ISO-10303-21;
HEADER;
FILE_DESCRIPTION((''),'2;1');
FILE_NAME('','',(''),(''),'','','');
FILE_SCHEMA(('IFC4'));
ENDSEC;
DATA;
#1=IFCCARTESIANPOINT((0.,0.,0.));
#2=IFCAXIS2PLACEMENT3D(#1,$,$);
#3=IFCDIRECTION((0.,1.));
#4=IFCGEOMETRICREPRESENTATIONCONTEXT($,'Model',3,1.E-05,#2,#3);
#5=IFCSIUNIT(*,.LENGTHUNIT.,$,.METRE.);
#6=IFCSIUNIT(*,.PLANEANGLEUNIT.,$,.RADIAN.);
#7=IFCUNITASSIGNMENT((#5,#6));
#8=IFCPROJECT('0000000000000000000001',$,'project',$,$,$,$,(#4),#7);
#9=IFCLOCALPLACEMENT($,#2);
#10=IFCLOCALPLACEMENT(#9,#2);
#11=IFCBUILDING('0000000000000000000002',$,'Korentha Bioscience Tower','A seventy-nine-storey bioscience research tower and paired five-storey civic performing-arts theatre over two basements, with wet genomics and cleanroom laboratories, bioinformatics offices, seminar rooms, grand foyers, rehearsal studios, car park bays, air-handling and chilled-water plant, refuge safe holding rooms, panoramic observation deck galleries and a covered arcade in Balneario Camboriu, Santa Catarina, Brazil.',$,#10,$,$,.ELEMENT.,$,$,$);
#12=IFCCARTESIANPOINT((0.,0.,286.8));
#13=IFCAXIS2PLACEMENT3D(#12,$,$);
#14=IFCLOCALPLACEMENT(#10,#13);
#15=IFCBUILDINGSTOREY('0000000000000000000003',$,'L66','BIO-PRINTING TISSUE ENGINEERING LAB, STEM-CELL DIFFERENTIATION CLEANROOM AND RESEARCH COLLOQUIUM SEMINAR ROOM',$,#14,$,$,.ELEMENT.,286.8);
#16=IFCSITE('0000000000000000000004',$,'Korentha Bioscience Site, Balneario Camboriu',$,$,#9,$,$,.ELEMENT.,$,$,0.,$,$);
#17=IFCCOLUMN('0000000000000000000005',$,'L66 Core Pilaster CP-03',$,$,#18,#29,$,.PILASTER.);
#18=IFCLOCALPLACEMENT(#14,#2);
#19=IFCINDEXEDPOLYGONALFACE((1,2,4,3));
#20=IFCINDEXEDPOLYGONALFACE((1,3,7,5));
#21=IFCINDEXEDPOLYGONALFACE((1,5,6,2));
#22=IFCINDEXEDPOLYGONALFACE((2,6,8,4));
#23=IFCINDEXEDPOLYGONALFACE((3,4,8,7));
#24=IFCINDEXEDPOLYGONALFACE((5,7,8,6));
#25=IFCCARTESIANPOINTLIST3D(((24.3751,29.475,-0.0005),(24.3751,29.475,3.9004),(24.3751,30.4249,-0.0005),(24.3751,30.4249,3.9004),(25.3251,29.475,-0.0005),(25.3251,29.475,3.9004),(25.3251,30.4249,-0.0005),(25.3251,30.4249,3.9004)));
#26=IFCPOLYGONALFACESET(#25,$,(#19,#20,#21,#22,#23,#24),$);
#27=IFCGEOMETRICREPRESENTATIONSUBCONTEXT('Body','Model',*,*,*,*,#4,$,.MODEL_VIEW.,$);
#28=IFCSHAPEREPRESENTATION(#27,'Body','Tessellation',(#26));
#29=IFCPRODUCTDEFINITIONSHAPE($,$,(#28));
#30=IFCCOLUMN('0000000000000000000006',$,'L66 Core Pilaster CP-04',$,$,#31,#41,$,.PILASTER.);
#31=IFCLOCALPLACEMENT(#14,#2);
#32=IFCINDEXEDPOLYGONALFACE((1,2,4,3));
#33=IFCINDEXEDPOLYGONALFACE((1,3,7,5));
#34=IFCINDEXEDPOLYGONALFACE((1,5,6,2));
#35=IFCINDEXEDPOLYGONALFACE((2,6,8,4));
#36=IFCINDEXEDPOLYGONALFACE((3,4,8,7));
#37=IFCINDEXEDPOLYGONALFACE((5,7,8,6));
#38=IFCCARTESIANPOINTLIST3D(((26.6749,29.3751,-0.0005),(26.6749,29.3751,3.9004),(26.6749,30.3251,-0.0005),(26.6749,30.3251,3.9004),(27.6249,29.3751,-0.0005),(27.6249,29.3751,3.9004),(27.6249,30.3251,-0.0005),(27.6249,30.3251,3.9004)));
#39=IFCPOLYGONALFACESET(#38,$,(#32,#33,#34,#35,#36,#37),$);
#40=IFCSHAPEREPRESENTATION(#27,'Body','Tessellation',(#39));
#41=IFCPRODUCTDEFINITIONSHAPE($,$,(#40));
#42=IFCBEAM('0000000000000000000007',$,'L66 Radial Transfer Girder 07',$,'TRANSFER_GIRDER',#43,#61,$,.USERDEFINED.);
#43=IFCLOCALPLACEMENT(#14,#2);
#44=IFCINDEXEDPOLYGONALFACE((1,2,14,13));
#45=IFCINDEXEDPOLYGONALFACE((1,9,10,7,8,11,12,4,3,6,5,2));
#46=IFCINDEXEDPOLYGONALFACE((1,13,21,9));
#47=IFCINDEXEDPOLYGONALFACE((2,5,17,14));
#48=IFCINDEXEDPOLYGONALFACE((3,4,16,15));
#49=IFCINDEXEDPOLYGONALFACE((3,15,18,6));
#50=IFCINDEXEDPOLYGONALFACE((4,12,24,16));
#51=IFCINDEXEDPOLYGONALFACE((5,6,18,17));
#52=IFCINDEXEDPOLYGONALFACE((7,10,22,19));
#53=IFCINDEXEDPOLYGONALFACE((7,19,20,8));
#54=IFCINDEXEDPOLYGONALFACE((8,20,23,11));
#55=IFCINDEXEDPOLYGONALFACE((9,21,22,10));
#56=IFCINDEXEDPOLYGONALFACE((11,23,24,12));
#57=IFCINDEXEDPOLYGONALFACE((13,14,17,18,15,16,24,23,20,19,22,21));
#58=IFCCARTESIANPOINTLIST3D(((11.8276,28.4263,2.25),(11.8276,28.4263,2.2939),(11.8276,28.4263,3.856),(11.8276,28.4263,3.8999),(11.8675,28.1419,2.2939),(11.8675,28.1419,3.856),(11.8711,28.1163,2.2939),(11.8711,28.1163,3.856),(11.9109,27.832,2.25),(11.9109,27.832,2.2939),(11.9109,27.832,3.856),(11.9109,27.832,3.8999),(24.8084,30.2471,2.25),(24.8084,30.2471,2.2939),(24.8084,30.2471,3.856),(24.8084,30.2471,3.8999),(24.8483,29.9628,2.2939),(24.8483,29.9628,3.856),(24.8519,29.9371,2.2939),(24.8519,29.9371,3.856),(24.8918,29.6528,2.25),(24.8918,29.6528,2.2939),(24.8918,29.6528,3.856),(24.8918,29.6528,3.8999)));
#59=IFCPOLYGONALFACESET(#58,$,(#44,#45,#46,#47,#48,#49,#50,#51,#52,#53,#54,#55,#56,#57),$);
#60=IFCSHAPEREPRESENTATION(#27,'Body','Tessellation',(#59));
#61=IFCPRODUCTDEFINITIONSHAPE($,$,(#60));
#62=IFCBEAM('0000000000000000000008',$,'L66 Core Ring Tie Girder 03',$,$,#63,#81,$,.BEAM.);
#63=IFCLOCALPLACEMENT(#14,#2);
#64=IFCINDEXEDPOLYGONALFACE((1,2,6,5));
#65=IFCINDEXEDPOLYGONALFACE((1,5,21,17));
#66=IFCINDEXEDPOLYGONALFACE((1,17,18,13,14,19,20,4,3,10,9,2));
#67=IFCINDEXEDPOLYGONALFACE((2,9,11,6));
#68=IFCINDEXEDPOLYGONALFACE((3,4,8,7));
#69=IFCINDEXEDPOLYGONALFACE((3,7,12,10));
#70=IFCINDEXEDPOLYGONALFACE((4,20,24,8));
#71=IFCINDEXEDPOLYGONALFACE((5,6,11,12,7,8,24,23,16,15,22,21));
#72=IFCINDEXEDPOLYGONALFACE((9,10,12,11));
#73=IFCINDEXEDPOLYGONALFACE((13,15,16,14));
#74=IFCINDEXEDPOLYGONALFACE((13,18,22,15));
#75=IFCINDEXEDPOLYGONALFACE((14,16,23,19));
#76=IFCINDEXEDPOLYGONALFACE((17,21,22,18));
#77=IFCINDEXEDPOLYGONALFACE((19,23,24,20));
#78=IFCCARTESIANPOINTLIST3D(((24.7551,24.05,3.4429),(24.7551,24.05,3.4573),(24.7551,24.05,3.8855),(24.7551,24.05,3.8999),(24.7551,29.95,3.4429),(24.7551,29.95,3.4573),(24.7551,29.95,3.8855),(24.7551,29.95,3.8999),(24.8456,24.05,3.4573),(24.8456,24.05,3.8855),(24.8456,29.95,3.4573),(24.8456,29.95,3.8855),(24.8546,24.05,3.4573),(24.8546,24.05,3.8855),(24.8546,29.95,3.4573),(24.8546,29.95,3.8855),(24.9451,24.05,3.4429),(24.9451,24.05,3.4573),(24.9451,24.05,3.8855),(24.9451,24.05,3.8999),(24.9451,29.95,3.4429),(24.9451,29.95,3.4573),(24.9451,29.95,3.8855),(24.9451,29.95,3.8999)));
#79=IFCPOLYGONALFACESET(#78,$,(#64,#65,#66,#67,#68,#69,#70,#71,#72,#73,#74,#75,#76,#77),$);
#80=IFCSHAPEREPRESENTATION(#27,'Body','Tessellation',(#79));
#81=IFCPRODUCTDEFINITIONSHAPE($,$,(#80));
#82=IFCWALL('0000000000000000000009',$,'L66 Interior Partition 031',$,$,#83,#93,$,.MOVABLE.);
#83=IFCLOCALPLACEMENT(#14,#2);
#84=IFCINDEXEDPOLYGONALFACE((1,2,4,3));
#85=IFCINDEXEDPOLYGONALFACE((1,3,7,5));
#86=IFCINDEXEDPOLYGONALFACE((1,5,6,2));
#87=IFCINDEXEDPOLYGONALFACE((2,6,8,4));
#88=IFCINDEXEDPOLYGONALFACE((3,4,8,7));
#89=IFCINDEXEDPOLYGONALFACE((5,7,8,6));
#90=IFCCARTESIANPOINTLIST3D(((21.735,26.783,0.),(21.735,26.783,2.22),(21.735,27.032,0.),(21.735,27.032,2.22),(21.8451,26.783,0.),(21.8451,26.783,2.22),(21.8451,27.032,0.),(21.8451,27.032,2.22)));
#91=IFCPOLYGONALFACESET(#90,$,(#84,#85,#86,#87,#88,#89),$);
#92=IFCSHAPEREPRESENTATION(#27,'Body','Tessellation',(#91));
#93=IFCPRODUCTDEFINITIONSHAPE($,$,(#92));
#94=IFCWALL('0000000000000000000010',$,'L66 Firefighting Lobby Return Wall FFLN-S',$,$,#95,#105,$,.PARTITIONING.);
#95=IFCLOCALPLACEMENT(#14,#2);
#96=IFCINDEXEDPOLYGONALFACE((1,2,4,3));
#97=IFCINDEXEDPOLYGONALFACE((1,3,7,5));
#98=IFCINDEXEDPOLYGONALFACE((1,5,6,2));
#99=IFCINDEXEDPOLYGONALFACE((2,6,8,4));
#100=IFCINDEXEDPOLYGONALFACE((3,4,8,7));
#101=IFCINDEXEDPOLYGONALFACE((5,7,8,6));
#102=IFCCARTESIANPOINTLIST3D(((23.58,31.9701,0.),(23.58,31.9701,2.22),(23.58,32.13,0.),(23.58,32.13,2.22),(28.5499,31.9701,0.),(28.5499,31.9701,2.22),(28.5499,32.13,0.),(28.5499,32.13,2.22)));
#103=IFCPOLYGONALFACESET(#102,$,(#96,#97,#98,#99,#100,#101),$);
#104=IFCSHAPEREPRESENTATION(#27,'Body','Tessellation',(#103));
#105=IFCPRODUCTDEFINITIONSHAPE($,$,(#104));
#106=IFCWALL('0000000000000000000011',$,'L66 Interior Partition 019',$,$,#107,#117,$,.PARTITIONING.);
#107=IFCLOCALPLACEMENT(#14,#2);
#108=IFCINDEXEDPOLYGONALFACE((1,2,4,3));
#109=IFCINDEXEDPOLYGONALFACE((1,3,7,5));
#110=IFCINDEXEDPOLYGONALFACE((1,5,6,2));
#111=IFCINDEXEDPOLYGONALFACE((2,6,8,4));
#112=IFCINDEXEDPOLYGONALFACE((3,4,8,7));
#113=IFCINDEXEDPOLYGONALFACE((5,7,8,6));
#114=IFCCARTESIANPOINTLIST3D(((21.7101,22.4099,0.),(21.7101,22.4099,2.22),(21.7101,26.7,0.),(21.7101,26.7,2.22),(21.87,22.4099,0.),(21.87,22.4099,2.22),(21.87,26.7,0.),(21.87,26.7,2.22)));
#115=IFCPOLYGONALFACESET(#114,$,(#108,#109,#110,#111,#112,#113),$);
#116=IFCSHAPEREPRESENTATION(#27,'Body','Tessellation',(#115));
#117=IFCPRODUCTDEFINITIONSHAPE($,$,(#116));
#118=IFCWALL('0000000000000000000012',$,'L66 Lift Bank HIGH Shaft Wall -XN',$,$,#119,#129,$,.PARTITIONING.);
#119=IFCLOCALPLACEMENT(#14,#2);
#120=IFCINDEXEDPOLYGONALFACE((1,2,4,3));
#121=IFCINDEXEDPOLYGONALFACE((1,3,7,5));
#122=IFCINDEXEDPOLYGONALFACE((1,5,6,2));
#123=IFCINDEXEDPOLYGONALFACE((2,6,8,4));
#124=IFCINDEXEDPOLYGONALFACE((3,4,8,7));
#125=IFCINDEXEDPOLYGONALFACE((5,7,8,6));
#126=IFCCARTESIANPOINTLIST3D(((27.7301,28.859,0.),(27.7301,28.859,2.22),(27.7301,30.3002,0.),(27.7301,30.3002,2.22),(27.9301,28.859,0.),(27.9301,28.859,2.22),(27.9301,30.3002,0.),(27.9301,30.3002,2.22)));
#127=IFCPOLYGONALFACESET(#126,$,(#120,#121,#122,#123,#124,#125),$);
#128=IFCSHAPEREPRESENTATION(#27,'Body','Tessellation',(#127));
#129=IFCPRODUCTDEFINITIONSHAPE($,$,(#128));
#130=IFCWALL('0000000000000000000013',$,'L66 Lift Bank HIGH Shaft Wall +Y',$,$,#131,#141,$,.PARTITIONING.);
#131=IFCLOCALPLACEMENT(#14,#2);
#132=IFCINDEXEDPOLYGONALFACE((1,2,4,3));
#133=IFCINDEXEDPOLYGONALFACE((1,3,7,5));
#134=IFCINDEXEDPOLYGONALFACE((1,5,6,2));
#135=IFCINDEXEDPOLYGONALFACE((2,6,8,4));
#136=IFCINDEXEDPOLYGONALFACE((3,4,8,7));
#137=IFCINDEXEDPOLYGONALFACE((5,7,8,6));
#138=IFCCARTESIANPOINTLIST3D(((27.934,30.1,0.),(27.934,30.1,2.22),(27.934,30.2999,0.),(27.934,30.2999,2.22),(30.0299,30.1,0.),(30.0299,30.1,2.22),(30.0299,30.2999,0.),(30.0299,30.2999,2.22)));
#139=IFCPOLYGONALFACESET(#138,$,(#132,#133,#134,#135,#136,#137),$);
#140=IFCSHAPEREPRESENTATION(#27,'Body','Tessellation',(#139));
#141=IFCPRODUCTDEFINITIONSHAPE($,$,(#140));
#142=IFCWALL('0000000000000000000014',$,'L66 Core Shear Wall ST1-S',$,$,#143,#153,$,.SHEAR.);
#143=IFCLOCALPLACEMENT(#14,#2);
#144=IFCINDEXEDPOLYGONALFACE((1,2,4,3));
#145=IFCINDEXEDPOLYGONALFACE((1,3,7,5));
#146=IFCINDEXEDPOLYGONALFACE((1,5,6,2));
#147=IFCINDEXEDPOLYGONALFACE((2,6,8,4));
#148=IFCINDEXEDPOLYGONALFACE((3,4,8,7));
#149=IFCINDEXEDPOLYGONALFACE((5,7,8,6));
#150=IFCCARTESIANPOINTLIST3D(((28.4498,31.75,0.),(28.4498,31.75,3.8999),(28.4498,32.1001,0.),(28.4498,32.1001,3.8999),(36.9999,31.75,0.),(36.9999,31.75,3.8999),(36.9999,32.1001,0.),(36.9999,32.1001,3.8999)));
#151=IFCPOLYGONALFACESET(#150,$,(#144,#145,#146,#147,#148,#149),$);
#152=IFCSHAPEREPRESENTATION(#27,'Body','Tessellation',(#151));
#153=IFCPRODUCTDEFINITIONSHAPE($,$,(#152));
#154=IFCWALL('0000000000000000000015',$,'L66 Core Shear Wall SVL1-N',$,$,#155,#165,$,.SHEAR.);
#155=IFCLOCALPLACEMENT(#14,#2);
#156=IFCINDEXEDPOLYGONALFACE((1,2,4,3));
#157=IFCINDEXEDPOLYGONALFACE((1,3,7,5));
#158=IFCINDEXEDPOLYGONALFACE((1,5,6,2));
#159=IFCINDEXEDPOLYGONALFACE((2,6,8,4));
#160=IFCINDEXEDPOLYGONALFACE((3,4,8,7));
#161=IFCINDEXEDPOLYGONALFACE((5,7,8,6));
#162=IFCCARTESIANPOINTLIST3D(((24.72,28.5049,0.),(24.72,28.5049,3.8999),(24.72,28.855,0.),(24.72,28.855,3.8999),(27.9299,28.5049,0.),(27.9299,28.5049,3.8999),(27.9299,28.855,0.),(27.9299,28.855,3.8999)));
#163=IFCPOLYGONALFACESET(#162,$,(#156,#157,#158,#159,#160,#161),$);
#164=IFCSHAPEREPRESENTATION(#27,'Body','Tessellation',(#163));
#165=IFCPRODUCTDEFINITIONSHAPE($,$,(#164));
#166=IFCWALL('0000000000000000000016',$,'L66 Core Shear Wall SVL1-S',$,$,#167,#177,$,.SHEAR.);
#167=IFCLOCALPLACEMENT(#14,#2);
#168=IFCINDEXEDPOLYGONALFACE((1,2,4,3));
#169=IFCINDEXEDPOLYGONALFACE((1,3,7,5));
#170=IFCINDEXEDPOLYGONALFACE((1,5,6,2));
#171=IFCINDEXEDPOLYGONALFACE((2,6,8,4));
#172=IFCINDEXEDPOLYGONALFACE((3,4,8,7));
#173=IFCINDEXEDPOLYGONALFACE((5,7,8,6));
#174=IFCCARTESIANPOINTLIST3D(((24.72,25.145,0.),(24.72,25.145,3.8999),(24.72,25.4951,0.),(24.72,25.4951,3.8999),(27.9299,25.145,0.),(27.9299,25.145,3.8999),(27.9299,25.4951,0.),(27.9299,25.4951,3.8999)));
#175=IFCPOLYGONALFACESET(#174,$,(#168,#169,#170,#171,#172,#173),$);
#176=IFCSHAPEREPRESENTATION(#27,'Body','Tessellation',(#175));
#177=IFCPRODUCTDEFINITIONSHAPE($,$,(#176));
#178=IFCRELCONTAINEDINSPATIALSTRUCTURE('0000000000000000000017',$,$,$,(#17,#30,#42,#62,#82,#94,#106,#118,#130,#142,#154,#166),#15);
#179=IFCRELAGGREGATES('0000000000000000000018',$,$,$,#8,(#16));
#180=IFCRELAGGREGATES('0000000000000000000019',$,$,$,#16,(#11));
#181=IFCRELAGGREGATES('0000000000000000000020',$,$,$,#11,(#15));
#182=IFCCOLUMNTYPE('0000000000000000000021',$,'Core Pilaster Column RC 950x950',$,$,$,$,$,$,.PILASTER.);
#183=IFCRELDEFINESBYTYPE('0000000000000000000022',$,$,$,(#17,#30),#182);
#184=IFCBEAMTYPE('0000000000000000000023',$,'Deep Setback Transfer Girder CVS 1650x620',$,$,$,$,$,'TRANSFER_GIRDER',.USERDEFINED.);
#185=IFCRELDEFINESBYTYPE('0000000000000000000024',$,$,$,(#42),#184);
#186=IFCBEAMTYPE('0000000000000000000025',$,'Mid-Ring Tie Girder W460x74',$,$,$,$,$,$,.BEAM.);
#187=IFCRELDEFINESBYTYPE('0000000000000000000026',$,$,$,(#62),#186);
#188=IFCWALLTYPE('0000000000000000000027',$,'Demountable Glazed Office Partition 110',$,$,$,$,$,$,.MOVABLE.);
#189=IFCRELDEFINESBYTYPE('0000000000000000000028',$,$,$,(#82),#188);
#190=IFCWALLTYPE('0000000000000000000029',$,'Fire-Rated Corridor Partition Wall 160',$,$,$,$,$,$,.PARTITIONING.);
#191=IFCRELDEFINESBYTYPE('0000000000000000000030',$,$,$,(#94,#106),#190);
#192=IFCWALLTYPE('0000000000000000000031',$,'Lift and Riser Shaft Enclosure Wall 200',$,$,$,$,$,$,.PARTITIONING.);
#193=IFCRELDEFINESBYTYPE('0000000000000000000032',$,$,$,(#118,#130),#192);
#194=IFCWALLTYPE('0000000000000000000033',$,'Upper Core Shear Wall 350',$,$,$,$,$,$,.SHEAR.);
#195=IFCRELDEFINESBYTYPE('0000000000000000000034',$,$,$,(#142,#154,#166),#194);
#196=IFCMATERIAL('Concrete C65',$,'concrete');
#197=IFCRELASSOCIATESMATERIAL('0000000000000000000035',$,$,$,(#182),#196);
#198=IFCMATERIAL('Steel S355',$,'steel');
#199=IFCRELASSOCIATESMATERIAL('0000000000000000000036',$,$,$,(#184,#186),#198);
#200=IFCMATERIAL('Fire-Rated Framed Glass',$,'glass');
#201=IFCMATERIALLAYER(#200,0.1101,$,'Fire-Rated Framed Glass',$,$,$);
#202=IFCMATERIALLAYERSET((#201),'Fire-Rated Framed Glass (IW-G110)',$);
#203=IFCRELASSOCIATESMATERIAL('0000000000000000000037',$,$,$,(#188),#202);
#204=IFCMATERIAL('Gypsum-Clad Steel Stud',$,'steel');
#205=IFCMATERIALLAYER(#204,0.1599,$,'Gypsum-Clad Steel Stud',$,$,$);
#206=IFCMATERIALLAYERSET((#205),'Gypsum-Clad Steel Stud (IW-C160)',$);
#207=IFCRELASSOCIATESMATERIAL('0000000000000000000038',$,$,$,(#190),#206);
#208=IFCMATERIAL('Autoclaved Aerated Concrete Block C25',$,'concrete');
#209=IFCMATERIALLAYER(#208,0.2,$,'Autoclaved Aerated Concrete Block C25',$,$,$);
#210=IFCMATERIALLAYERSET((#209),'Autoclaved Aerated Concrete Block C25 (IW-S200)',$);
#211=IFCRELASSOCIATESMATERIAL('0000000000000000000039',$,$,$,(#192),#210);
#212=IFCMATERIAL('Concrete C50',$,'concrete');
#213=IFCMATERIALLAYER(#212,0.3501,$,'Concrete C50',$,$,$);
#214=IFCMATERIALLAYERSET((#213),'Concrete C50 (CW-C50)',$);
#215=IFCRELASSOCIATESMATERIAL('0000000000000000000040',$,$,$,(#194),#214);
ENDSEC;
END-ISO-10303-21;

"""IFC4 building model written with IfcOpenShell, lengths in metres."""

from ifc_helpers import new_model, si_unit, direction, frame, frame_2d, origin, origin_2d, place, context, subcontext, project, spatial, rectangle, i_section, extrude, material, layer, layer_set, material_profile, profile_set, type_object, element, save


model = new_model("IFC4")

# Units and contexts
model_context = context("Model", 3, precision=1e-05, world=origin(), true_north=direction((0.0, 1.0)))
body_context = subcontext(model_context, "Body", "Model", "MODEL_VIEW")
ifc_project = project(units=[si_unit("LENGTHUNIT", "METRE"), si_unit("PLANEANGLEUNIT", "RADIAN")], contexts=[model_context])

# Site, building, storey
site_placement = place(None, origin())
site = spatial("IfcSite", under=ifc_project, at=site_placement, Name="Korentha Bioscience Site, Balneario Camboriu", CompositionType="ELEMENT", RefElevation=0.0)
building_placement = place(site_placement, origin())
building = spatial("IfcBuilding", under=site, at=building_placement, Name="Korentha Bioscience Tower", Description="A seventy-nine-storey bioscience research tower and paired five-storey civic performing-arts theatre over two basements, with wet genomics and cleanroom laboratories, bioinformatics offices, seminar rooms, grand foyers, rehearsal studios, car park bays, air-handling and chilled-water plant, refuge safe holding rooms, panoramic observation deck galleries and a covered arcade in Balneario Camboriu, Santa Catarina, Brazil.", CompositionType="ELEMENT")
storey_placement = place(building_placement, frame((0.0, 0.0, 286.8)))
storey = spatial("IfcBuildingStorey", under=building, at=storey_placement, Name="L66", Description="BIO-PRINTING TISSUE ENGINEERING LAB, STEM-CELL DIFFERENTIATION CLEANROOM AND RESEARCH COLLOQUIUM SEMINAR ROOM", CompositionType="ELEMENT", Elevation=286.8)

# Columns
ifc_material_1 = material(Name="Concrete C65", Category="concrete")
ifc_material_profile_1 = material_profile(ifc_material_1, rectangle(XDim=0.95, YDim=0.95, at=origin_2d()), Name="Concrete C65")
ifc_profile_set_1 = profile_set([ifc_material_profile_1], Name="Concrete C65 (COL-CP09)")
column_type = type_object("IfcColumnType", Name="Core Pilaster Column RC 950x950", PredefinedType="PILASTER", material=ifc_profile_set_1)
for number, where, z_axis, x_axis, name in (
    (1, (24.8501, 29.95, -0.0005), (0.0, 0.0, 1.0), (1.0, 0.0, 0.0), "L66 Core Pilaster CP-03"),
    (2, (27.1499, 29.8501, -0.0005), (0.0, 0.0, 1.0), (1.0, 0.0, 0.0), "L66 Core Pilaster CP-04"),
):
    element("IfcColumn", number, at=place(storey_placement, frame(where, z_axis=z_axis, x_axis=x_axis)), inside=storey, type_object=column_type, Name=name, PredefinedType="PILASTER", context=body_context, shape_type="SweptSolid", body=[
        extrude(rectangle(XDim=0.95, YDim=0.95, at=origin_2d()), origin(), (0.0, 0.0, 1.0), 3.9009),
    ])

# Beams
ifc_material_2 = material(Name="Steel S355", Category="steel")
ifc_material_profile_2 = material_profile(ifc_material_2, i_section(OverallWidth=0.6001, OverallDepth=1.6499, WebThickness=0.0259, FlangeThickness=0.0439, at=origin_2d()), Name="Steel S355")
ifc_profile_set_2 = profile_set([ifc_material_profile_2], Name="Steel S355 (TG-04)")
beam_type_1 = type_object("IfcBeamType", Name="Deep Setback Transfer Girder CVS 1650x620", ElementType="TRANSFER_GIRDER", PredefinedType="USERDEFINED", material=ifc_profile_set_2)
beam_1_placement = place(storey_placement, frame((24.8501, 29.95, 3.075), z_axis=(-0.990305, -0.13891, 0.0), x_axis=(0.13891, -0.990305, 0.0)))
element("IfcBeam", 3, at=beam_1_placement, inside=storey, type_object=beam_type_1, Name="L66 Radial Transfer Girder 07", ObjectType="TRANSFER_GIRDER", PredefinedType="USERDEFINED", context=body_context, shape_type="SweptSolid", body=[
    extrude(i_section(OverallWidth=0.6001, OverallDepth=1.6499, WebThickness=0.0259, FlangeThickness=0.0439, at=origin_2d()), origin(), (0.0, 0.0, 1.0), 13.1079),
])
ifc_material_profile_3 = material_profile(ifc_material_2, i_section(OverallWidth=0.1899, OverallDepth=0.457, WebThickness=0.009, FlangeThickness=0.0144, at=origin_2d()), Name="Steel S355")
ifc_profile_set_3 = profile_set([ifc_material_profile_3], Name="Steel S355 (MB-460)")
beam_type_2 = type_object("IfcBeamType", Name="Mid-Ring Tie Girder W460x74", PredefinedType="BEAM", material=ifc_profile_set_3)
beam_2_placement = place(storey_placement, frame((24.8501, 29.95, 3.6714), z_axis=(0.0, -1.0, 0.0), x_axis=(1.0, 0.0, 0.0)))
element("IfcBeam", 4, at=beam_2_placement, inside=storey, type_object=beam_type_2, Name="L66 Core Ring Tie Girder 03", PredefinedType="BEAM", context=body_context, shape_type="SweptSolid", body=[
    extrude(i_section(OverallWidth=0.1899, OverallDepth=0.457, WebThickness=0.009, FlangeThickness=0.0144, at=origin_2d()), origin(), (0.0, 0.0, 1.0), 5.8999),
])

# Wall
ifc_material_3 = material(Name="Fire-Rated Framed Glass", Category="glass")
ifc_layer_1 = layer(ifc_material_3, 0.1101, Name="Fire-Rated Framed Glass")
ifc_layer_set_1 = layer_set([ifc_layer_1], Name="Fire-Rated Framed Glass (IW-G110)")
wall_type_1 = type_object("IfcWallType", Name="Demountable Glazed Office Partition 110", PredefinedType="MOVABLE", material=ifc_layer_set_1)
wall_1_placement = place(storey_placement, frame((21.79, 27.032, 0.0), z_axis=(0.0, 0.0, 1.0), x_axis=(0.0, -1.0, 0.0)))
element("IfcWall", 5, at=wall_1_placement, inside=storey, type_object=wall_type_1, Name="L66 Interior Partition 031", PredefinedType="MOVABLE", context=body_context, shape_type="SweptSolid", body=[
    extrude(rectangle(XDim=0.249, YDim=0.1101, at=frame_2d((0.1245, 0.0))), origin(), (0.0, 0.0, 1.0), 2.22),
])

# Shared definitions
ifc_material_4 = material(Name="Gypsum-Clad Steel Stud", Category="steel")
ifc_layer_2 = layer(ifc_material_4, 0.1599, Name="Gypsum-Clad Steel Stud")
ifc_layer_set_2 = layer_set([ifc_layer_2], Name="Gypsum-Clad Steel Stud (IW-C160)")
wall_type_2 = type_object("IfcWallType", Name="Fire-Rated Corridor Partition Wall 160", PredefinedType="PARTITIONING", material=ifc_layer_set_2)

# Walls
wall_2_placement = place(storey_placement, frame((23.5801, 32.05, 0.0), z_axis=(0.0, 0.0, 1.0), x_axis=(1.0, 0.0, 0.0)))
element("IfcWall", 6, at=wall_2_placement, inside=storey, type_object=wall_type_2, Name="L66 Firefighting Lobby Return Wall FFLN-S", PredefinedType="PARTITIONING", context=body_context, shape_type="SweptSolid", body=[
    extrude(rectangle(XDim=4.97, YDim=0.1599, at=frame_2d((2.4849, 0.0))), origin(), (0.0, 0.0, 1.0), 2.22),
])
wall_3_placement = place(storey_placement, frame((21.79, 26.7, 0.0), z_axis=(0.0, 0.0, 1.0), x_axis=(0.0, -1.0, 0.0)))
element("IfcWall", 7, at=wall_3_placement, inside=storey, type_object=wall_type_2, Name="L66 Interior Partition 019", PredefinedType="PARTITIONING", context=body_context, shape_type="SweptSolid", body=[
    extrude(rectangle(XDim=4.29, YDim=0.1599, at=frame_2d((2.145, 0.0))), origin(), (0.0, 0.0, 1.0), 2.22),
])
ifc_material_5 = material(Name="Autoclaved Aerated Concrete Block C25", Category="concrete")
ifc_layer_3 = layer(ifc_material_5, 0.2, Name="Autoclaved Aerated Concrete Block C25")
ifc_layer_set_3 = layer_set([ifc_layer_3], Name="Autoclaved Aerated Concrete Block C25 (IW-S200)")
wall_type_3 = type_object("IfcWallType", Name="Lift and Riser Shaft Enclosure Wall 200", PredefinedType="PARTITIONING", material=ifc_layer_set_3)
wall_4_placement = place(storey_placement, frame((27.8301, 28.8589, 0.0), z_axis=(0.0, 0.0, 1.0), x_axis=(0.0, 1.0, 0.0)))
element("IfcWall", 8, at=wall_4_placement, inside=storey, type_object=wall_type_3, Name="L66 Lift Bank HIGH Shaft Wall -XN", PredefinedType="PARTITIONING", context=body_context, shape_type="SweptSolid", body=[
    extrude(rectangle(XDim=1.4412, YDim=0.2, at=frame_2d((0.7207, 0.0))), origin(), (0.0, 0.0, 1.0), 2.22),
])
wall_5_placement = place(storey_placement, frame((27.9341, 30.2, 0.0), z_axis=(0.0, 0.0, 1.0), x_axis=(1.0, 0.0, 0.0)))
element("IfcWall", 9, at=wall_5_placement, inside=storey, type_object=wall_type_3, Name="L66 Lift Bank HIGH Shaft Wall +Y", PredefinedType="PARTITIONING", context=body_context, shape_type="SweptSolid", body=[
    extrude(rectangle(XDim=2.0959, YDim=0.2, at=frame_2d((1.0479, 0.0))), origin(), (0.0, 0.0, 1.0), 2.22),
])
ifc_material_6 = material(Name="Concrete C50", Category="concrete")
ifc_layer_4 = layer(ifc_material_6, 0.3501, Name="Concrete C50")
ifc_layer_set_4 = layer_set([ifc_layer_4], Name="Concrete C50 (CW-C50)")
wall_type_4 = type_object("IfcWallType", Name="Upper Core Shear Wall 350", PredefinedType="SHEAR", material=ifc_layer_set_4)
wall_6_placement = place(storey_placement, frame((28.45, 31.925, 0.0), z_axis=(0.0, 0.0, 1.0), x_axis=(1.0, 0.0, 0.0)))
element("IfcWall", 10, at=wall_6_placement, inside=storey, type_object=wall_type_4, Name="L66 Core Shear Wall ST1-S", PredefinedType="SHEAR", context=body_context, shape_type="SweptSolid", body=[
    extrude(rectangle(XDim=8.55, YDim=0.3501, at=frame_2d((4.2749, 0.0))), origin(), (0.0, 0.0, 1.0), 3.8999),
])

# Walls
for number, where, z_axis, x_axis, name in (
    (11, (24.72, 28.6799, 0.0), (0.0, 0.0, 1.0), (1.0, 0.0, 0.0), "L66 Core Shear Wall SVL1-N"),
    (12, (24.72, 25.3201, 0.0), (0.0, 0.0, 1.0), (1.0, 0.0, 0.0), "L66 Core Shear Wall SVL1-S"),
):
    element("IfcWall", number, at=place(storey_placement, frame(where, z_axis=z_axis, x_axis=x_axis)), inside=storey, type_object=wall_type_4, Name=name, PredefinedType="SHEAR", context=body_context, shape_type="SweptSolid", body=[
        extrude(rectangle(XDim=3.21, YDim=0.3501, at=frame_2d((1.605, 0.0))), origin(), (0.0, 0.0, 1.0), 3.8999),
    ])

save(model, "model.ifc")
